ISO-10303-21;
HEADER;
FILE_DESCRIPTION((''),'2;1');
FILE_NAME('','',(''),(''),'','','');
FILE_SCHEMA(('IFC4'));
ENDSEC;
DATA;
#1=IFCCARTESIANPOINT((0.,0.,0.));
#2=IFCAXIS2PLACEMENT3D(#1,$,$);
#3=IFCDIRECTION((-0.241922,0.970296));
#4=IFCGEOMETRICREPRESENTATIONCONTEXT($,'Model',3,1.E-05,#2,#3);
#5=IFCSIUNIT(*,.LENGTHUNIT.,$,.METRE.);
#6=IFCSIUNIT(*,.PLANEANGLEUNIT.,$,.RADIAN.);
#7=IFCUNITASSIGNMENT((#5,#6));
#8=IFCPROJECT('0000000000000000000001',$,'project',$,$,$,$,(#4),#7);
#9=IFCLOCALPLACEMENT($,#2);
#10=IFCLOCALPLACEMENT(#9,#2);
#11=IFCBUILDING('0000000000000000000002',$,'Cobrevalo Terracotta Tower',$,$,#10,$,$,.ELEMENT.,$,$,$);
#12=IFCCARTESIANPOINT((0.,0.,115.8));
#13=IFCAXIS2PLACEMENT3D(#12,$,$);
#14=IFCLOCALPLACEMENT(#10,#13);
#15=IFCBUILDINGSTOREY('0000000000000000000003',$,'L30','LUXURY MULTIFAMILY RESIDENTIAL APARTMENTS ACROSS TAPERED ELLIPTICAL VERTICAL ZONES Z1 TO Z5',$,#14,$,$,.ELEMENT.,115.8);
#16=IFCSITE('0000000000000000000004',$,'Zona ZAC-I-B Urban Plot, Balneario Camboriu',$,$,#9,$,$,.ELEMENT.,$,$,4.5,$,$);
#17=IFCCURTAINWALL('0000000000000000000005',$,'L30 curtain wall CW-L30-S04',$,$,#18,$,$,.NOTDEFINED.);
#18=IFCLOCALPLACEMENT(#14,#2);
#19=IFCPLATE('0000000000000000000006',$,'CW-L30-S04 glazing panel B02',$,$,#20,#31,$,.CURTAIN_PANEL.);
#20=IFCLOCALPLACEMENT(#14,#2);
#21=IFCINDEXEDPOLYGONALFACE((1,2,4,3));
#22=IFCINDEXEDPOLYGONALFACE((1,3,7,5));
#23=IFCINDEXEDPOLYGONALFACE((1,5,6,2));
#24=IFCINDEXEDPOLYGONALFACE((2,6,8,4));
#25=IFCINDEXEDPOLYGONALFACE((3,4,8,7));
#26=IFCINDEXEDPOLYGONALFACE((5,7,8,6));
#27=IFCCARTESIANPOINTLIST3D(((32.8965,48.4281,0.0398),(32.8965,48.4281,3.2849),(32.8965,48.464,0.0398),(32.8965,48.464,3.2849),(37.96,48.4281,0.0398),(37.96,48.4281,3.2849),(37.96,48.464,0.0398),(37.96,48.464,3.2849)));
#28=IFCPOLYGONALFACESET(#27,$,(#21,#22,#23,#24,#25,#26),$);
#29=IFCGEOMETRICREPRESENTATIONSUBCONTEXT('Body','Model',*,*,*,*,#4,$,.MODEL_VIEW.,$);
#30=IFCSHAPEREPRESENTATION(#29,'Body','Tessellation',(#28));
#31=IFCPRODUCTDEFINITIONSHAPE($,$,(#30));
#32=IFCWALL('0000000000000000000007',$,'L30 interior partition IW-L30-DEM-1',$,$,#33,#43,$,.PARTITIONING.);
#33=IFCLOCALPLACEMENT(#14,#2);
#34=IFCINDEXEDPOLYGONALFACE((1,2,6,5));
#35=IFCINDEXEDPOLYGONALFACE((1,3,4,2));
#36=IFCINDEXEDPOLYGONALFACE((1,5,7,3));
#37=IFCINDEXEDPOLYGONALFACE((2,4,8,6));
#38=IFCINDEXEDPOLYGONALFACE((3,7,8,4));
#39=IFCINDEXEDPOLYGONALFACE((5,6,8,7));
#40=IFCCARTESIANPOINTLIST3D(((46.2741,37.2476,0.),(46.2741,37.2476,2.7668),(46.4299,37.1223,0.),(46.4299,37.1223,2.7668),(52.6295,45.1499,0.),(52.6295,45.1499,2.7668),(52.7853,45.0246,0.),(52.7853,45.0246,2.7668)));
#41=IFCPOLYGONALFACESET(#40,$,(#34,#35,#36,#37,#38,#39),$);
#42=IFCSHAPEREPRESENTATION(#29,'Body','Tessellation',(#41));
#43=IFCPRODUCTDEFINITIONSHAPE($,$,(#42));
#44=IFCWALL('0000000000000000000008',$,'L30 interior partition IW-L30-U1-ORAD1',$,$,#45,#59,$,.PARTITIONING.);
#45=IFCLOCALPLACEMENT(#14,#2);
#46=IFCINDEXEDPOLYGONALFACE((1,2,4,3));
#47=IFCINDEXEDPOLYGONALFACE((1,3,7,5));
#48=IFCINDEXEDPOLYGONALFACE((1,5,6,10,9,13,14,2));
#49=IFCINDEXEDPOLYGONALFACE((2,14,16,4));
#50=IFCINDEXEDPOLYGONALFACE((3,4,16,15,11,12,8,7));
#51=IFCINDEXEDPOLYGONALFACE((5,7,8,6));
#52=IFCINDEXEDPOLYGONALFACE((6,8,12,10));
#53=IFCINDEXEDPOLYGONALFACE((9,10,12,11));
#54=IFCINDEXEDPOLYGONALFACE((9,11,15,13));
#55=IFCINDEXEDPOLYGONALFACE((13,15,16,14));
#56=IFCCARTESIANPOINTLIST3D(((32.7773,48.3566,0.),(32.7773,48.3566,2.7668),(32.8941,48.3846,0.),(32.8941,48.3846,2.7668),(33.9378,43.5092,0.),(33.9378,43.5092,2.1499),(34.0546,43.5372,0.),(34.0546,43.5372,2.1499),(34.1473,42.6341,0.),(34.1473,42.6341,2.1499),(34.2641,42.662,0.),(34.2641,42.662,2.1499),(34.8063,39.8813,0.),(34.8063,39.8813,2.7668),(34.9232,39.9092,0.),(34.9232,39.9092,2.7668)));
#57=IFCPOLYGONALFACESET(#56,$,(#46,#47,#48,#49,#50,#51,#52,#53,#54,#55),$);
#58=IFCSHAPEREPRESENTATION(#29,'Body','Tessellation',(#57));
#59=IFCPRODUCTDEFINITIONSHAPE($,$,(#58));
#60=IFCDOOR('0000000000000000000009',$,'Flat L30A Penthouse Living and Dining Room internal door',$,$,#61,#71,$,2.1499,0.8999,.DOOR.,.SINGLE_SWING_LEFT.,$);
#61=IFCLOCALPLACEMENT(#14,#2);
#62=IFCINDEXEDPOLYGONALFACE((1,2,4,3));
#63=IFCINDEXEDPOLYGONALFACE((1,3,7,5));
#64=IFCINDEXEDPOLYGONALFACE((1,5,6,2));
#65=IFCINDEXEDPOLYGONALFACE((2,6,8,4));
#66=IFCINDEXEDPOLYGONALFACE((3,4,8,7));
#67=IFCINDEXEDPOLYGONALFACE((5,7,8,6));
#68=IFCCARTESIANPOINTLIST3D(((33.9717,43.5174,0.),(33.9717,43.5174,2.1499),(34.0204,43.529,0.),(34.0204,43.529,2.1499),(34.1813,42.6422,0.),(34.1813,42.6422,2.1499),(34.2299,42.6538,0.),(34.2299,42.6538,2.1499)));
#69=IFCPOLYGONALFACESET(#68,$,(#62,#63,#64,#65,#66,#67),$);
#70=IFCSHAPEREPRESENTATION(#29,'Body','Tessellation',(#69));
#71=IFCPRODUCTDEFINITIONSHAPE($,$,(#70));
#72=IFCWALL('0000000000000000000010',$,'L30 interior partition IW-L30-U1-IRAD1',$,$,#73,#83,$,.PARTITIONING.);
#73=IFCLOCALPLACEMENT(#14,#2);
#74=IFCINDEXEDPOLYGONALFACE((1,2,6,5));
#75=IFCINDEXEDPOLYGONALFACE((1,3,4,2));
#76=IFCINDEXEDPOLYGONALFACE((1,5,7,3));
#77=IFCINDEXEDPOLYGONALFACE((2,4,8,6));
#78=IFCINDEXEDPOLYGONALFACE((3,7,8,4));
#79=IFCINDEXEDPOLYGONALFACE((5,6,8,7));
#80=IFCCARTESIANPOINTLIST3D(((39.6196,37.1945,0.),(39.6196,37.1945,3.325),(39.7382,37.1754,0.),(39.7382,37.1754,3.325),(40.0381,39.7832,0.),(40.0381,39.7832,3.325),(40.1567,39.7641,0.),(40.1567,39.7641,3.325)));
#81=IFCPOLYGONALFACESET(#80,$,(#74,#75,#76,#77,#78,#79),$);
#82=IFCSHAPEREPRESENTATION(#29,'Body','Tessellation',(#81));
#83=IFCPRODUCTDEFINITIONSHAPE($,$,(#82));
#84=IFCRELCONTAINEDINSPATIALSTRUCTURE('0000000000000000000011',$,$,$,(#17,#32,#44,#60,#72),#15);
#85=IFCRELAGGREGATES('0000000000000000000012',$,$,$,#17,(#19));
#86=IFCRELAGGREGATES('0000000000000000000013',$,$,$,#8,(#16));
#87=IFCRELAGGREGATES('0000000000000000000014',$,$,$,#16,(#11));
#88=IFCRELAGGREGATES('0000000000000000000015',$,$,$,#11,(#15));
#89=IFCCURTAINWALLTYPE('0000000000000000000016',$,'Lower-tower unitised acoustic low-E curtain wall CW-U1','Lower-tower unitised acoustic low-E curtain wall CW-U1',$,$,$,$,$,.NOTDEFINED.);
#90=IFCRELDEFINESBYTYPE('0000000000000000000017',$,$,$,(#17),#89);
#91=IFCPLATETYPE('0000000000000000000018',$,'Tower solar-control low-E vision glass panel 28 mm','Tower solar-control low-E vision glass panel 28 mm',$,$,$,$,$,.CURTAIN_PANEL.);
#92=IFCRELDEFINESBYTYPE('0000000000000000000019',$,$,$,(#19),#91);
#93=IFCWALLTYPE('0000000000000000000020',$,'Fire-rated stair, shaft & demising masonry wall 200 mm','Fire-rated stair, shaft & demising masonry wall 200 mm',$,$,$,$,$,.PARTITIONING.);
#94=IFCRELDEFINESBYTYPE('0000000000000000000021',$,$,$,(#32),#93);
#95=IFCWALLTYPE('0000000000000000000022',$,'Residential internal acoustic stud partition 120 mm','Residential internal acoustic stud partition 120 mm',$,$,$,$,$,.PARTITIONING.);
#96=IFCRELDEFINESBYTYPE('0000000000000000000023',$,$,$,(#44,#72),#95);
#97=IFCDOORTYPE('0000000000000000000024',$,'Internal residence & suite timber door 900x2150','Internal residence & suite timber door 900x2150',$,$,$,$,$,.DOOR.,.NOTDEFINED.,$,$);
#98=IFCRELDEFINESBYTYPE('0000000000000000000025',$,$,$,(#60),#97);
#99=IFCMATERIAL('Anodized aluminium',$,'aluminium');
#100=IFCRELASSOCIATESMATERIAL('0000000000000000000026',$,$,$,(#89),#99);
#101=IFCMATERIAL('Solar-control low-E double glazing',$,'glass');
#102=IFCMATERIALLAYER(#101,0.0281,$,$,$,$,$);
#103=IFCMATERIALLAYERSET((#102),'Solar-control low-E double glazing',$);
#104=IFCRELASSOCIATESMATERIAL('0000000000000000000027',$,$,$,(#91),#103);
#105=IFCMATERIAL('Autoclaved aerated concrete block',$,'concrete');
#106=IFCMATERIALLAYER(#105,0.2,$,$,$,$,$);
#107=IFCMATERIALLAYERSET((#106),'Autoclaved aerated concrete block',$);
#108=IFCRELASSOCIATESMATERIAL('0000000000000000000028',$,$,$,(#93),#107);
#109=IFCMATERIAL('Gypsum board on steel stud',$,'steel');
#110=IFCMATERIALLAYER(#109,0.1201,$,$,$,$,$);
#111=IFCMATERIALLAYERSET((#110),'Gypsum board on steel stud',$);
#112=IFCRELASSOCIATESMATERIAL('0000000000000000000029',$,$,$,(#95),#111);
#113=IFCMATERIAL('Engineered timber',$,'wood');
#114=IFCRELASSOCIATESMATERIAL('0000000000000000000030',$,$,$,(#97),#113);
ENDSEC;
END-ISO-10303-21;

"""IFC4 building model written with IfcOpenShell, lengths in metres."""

from ifc_helpers import new_model, si_unit, direction, frame, frame_2d, origin, origin_2d, place, context, subcontext, project, spatial, rectangle, extrude, source, transform, mapped, material, layer, layer_set, type_object, element, fill, aggregate, save


model = new_model("IFC4")

# Units and contexts
model_context = context("Model", 3, precision=1e-05, world=origin(), true_north=direction((-0.241922, 0.970296)))
body_context = subcontext(model_context, "Body", "Model", "MODEL_VIEW")
ifc_project = project(units=[si_unit("LENGTHUNIT", "METRE"), si_unit("PLANEANGLEUNIT", "RADIAN")], contexts=[model_context])

# Site, building, storey
site_placement = place(None, origin())
site = spatial("IfcSite", under=ifc_project, at=site_placement, Name="Zona ZAC-I-B Urban Plot, Balneario Camboriu", CompositionType="ELEMENT", RefElevation=4.5)
building_placement = place(site_placement, origin())
building = spatial("IfcBuilding", under=site, at=building_placement, Name="Cobrevalo Terracotta Tower", CompositionType="ELEMENT")
storey_placement = place(building_placement, frame((0.0, 0.0, 115.8)))
storey = spatial("IfcBuildingStorey", under=building, at=storey_placement, Name="L30", Description="LUXURY MULTIFAMILY RESIDENTIAL APARTMENTS ACROSS TAPERED ELLIPTICAL VERTICAL ZONES Z1 TO Z5", CompositionType="ELEMENT", Elevation=115.8)

# Shared definitions
ifc_material_1 = material(Name="Anodized aluminium", Category="aluminium")
curtain_wall_type = type_object("IfcCurtainWallType", Name="Lower-tower unitised acoustic low-E curtain wall CW-U1", Description="Lower-tower unitised acoustic low-E curtain wall CW-U1", PredefinedType="NOTDEFINED", material=ifc_material_1)

# Curtain wall
curtain_wall_1_placement = place(storey_placement, origin())
curtain_wall_1 = element("IfcCurtainWall", 1, at=curtain_wall_1_placement, inside=storey, type_object=curtain_wall_type, Name="L30 curtain wall CW-L30-S04", PredefinedType="NOTDEFINED")

# Plate
ifc_material_2 = material(Name="Solar-control low-E double glazing", Category="glass")
ifc_layer_1 = layer(ifc_material_2, 0.0281)
ifc_layer_set_1 = layer_set([ifc_layer_1], Name="Solar-control low-E double glazing")
plate_type = type_object("IfcPlateType", Name="Tower solar-control low-E vision glass panel 28 mm", Description="Tower solar-control low-E vision glass panel 28 mm", PredefinedType="CURTAIN_PANEL", material=ifc_layer_set_1)
shared_shape_1 = source(origin(), body_context, "Body", "SweptSolid", [
    extrude(rectangle(XDim=5.0635, YDim=0.0359, at=origin_2d()), origin(), (0.0, 0.0, 1.0), 3.2451),
])
plate_1_placement = place(storey_placement, frame((35.4282, 48.446, 0.0398), z_axis=(0.0, 0.0, 1.0), x_axis=(-1.0, 0.0, 0.0)))
plate_1 = element("IfcPlate", 2, at=plate_1_placement, type_object=plate_type, Name="CW-L30-S04 glazing panel B02", PredefinedType="CURTAIN_PANEL", context=body_context, shape_type="MappedRepresentation", body=[
    mapped(shared_shape_1, transform((0.0, 0.0, 0.0), scale=1.0)),
])
aggregate(curtain_wall_1, [plate_1])

# Wall
ifc_material_3 = material(Name="Autoclaved aerated concrete block", Category="concrete")
ifc_layer_2 = layer(ifc_material_3, 0.2)
ifc_layer_set_2 = layer_set([ifc_layer_2], Name="Autoclaved aerated concrete block")
wall_type_1 = type_object("IfcWallType", Name="Fire-rated stair, shaft & demising masonry wall 200 mm", Description="Fire-rated stair, shaft & demising masonry wall 200 mm", PredefinedType="PARTITIONING", material=ifc_layer_set_2)
wall_1_placement = place(storey_placement, frame((46.3521, 37.1851, 0.0), z_axis=(0.0, 0.0, 1.0), x_axis=(0.626713, 0.77925, 0.0)))
element("IfcWall", 3, at=wall_1_placement, inside=storey, type_object=wall_type_1, Name="L30 interior partition IW-L30-DEM-1", PredefinedType="PARTITIONING", context=body_context, shape_type="SweptSolid", body=[
    extrude(rectangle(XDim=10.1409, YDim=0.2, at=frame_2d((5.0703, 0.0))), origin(), (0.0, 0.0, 1.0), 2.7668),
])

# Wall, opening, door
ifc_material_4 = material(Name="Gypsum board on steel stud", Category="steel")
ifc_layer_3 = layer(ifc_material_4, 0.1201)
ifc_layer_set_3 = layer_set([ifc_layer_3], Name="Gypsum board on steel stud")
wall_type_2 = type_object("IfcWallType", Name="Residential internal acoustic stud partition 120 mm", Description="Residential internal acoustic stud partition 120 mm", PredefinedType="PARTITIONING", material=ifc_layer_set_3)
wall_2_placement = place(storey_placement, frame((34.8647, 39.8953, 0.0), z_axis=(0.0, 0.0, 1.0), x_axis=(-0.232827, 0.972518, 0.0)))
wall_2 = element("IfcWall", 4, at=wall_2_placement, inside=storey, type_object=wall_type_2, Name="L30 interior partition IW-L30-U1-ORAD1", PredefinedType="PARTITIONING", context=body_context, shape_type="SweptSolid", body=[
    extrude(rectangle(XDim=8.7148, YDim=0.1201, at=frame_2d((4.3574, 0.0))), origin(), (0.0, 0.0, 1.0), 2.7668),
])
opening_placement = place(wall_2_placement, frame((2.8306, 0.0, 0.0)))
opening = element("IfcOpeningElement", 5, at=opening_placement, cuts=wall_2, PredefinedType="OPENING", context=body_context, shape_type="SweptSolid", body=[
    extrude(rectangle(XDim=0.8999, YDim=2.1499, at=frame_2d((0.45, 1.075))), frame((0.0, 0.0701, 0.0), z_axis=(0.0, -1.0, 0.0), x_axis=(1.0, 0.0, 0.0)), (0.0, 0.0, 1.0), 0.1401),
])
ifc_material_5 = material(Name="Engineered timber", Category="wood")
door_type = type_object("IfcDoorType", Name="Internal residence & suite timber door 900x2150", Description="Internal residence & suite timber door 900x2150", OperationType="NOTDEFINED", PredefinedType="DOOR", material=ifc_material_5)
shared_shape_2 = source(origin(), body_context, "Body", "SweptSolid", [
    extrude(rectangle(XDim=0.8999, YDim=2.1499, at=frame_2d((0.45, 1.075))), frame((0.0, 0.0249, 0.0), z_axis=(0.0, -1.0, 0.0), x_axis=(1.0, 0.0, 0.0)), (0.0, 0.0, 1.0), 0.05),
])
door_placement = place(opening_placement, frame((0.8999, 0.0, 0.0), z_axis=(0.0, 0.0, 1.0), x_axis=(-1.0, 0.0, 0.0)))
door = element("IfcDoor", 6, at=door_placement, inside=storey, type_object=door_type, Name="Flat L30A Penthouse Living and Dining Room internal door", OperationType="SINGLE_SWING_LEFT", OverallHeight=2.1499, OverallWidth=0.8999, PredefinedType="DOOR", context=body_context, shape_type="MappedRepresentation", body=[
    mapped(shared_shape_2, transform((0.0, 0.0, 0.0), scale=1.0)),
])
fill(opening, door)

# Wall
wall_3_placement = place(storey_placement, frame((39.679, 37.1851, 0.0), z_axis=(0.0, 0.0, 1.0), x_axis=(0.159581, 0.987185, 0.0)))
element("IfcWall", 7, at=wall_3_placement, inside=storey, type_object=wall_type_2, Name="L30 interior partition IW-L30-U1-IRAD1", PredefinedType="PARTITIONING", context=body_context, shape_type="SweptSolid", body=[
    extrude(rectangle(XDim=2.6223, YDim=0.1201, at=frame_2d((1.311, 0.0))), origin(), (0.0, 0.0, 1.0), 3.325),
])

save(model, "model.ifc")
